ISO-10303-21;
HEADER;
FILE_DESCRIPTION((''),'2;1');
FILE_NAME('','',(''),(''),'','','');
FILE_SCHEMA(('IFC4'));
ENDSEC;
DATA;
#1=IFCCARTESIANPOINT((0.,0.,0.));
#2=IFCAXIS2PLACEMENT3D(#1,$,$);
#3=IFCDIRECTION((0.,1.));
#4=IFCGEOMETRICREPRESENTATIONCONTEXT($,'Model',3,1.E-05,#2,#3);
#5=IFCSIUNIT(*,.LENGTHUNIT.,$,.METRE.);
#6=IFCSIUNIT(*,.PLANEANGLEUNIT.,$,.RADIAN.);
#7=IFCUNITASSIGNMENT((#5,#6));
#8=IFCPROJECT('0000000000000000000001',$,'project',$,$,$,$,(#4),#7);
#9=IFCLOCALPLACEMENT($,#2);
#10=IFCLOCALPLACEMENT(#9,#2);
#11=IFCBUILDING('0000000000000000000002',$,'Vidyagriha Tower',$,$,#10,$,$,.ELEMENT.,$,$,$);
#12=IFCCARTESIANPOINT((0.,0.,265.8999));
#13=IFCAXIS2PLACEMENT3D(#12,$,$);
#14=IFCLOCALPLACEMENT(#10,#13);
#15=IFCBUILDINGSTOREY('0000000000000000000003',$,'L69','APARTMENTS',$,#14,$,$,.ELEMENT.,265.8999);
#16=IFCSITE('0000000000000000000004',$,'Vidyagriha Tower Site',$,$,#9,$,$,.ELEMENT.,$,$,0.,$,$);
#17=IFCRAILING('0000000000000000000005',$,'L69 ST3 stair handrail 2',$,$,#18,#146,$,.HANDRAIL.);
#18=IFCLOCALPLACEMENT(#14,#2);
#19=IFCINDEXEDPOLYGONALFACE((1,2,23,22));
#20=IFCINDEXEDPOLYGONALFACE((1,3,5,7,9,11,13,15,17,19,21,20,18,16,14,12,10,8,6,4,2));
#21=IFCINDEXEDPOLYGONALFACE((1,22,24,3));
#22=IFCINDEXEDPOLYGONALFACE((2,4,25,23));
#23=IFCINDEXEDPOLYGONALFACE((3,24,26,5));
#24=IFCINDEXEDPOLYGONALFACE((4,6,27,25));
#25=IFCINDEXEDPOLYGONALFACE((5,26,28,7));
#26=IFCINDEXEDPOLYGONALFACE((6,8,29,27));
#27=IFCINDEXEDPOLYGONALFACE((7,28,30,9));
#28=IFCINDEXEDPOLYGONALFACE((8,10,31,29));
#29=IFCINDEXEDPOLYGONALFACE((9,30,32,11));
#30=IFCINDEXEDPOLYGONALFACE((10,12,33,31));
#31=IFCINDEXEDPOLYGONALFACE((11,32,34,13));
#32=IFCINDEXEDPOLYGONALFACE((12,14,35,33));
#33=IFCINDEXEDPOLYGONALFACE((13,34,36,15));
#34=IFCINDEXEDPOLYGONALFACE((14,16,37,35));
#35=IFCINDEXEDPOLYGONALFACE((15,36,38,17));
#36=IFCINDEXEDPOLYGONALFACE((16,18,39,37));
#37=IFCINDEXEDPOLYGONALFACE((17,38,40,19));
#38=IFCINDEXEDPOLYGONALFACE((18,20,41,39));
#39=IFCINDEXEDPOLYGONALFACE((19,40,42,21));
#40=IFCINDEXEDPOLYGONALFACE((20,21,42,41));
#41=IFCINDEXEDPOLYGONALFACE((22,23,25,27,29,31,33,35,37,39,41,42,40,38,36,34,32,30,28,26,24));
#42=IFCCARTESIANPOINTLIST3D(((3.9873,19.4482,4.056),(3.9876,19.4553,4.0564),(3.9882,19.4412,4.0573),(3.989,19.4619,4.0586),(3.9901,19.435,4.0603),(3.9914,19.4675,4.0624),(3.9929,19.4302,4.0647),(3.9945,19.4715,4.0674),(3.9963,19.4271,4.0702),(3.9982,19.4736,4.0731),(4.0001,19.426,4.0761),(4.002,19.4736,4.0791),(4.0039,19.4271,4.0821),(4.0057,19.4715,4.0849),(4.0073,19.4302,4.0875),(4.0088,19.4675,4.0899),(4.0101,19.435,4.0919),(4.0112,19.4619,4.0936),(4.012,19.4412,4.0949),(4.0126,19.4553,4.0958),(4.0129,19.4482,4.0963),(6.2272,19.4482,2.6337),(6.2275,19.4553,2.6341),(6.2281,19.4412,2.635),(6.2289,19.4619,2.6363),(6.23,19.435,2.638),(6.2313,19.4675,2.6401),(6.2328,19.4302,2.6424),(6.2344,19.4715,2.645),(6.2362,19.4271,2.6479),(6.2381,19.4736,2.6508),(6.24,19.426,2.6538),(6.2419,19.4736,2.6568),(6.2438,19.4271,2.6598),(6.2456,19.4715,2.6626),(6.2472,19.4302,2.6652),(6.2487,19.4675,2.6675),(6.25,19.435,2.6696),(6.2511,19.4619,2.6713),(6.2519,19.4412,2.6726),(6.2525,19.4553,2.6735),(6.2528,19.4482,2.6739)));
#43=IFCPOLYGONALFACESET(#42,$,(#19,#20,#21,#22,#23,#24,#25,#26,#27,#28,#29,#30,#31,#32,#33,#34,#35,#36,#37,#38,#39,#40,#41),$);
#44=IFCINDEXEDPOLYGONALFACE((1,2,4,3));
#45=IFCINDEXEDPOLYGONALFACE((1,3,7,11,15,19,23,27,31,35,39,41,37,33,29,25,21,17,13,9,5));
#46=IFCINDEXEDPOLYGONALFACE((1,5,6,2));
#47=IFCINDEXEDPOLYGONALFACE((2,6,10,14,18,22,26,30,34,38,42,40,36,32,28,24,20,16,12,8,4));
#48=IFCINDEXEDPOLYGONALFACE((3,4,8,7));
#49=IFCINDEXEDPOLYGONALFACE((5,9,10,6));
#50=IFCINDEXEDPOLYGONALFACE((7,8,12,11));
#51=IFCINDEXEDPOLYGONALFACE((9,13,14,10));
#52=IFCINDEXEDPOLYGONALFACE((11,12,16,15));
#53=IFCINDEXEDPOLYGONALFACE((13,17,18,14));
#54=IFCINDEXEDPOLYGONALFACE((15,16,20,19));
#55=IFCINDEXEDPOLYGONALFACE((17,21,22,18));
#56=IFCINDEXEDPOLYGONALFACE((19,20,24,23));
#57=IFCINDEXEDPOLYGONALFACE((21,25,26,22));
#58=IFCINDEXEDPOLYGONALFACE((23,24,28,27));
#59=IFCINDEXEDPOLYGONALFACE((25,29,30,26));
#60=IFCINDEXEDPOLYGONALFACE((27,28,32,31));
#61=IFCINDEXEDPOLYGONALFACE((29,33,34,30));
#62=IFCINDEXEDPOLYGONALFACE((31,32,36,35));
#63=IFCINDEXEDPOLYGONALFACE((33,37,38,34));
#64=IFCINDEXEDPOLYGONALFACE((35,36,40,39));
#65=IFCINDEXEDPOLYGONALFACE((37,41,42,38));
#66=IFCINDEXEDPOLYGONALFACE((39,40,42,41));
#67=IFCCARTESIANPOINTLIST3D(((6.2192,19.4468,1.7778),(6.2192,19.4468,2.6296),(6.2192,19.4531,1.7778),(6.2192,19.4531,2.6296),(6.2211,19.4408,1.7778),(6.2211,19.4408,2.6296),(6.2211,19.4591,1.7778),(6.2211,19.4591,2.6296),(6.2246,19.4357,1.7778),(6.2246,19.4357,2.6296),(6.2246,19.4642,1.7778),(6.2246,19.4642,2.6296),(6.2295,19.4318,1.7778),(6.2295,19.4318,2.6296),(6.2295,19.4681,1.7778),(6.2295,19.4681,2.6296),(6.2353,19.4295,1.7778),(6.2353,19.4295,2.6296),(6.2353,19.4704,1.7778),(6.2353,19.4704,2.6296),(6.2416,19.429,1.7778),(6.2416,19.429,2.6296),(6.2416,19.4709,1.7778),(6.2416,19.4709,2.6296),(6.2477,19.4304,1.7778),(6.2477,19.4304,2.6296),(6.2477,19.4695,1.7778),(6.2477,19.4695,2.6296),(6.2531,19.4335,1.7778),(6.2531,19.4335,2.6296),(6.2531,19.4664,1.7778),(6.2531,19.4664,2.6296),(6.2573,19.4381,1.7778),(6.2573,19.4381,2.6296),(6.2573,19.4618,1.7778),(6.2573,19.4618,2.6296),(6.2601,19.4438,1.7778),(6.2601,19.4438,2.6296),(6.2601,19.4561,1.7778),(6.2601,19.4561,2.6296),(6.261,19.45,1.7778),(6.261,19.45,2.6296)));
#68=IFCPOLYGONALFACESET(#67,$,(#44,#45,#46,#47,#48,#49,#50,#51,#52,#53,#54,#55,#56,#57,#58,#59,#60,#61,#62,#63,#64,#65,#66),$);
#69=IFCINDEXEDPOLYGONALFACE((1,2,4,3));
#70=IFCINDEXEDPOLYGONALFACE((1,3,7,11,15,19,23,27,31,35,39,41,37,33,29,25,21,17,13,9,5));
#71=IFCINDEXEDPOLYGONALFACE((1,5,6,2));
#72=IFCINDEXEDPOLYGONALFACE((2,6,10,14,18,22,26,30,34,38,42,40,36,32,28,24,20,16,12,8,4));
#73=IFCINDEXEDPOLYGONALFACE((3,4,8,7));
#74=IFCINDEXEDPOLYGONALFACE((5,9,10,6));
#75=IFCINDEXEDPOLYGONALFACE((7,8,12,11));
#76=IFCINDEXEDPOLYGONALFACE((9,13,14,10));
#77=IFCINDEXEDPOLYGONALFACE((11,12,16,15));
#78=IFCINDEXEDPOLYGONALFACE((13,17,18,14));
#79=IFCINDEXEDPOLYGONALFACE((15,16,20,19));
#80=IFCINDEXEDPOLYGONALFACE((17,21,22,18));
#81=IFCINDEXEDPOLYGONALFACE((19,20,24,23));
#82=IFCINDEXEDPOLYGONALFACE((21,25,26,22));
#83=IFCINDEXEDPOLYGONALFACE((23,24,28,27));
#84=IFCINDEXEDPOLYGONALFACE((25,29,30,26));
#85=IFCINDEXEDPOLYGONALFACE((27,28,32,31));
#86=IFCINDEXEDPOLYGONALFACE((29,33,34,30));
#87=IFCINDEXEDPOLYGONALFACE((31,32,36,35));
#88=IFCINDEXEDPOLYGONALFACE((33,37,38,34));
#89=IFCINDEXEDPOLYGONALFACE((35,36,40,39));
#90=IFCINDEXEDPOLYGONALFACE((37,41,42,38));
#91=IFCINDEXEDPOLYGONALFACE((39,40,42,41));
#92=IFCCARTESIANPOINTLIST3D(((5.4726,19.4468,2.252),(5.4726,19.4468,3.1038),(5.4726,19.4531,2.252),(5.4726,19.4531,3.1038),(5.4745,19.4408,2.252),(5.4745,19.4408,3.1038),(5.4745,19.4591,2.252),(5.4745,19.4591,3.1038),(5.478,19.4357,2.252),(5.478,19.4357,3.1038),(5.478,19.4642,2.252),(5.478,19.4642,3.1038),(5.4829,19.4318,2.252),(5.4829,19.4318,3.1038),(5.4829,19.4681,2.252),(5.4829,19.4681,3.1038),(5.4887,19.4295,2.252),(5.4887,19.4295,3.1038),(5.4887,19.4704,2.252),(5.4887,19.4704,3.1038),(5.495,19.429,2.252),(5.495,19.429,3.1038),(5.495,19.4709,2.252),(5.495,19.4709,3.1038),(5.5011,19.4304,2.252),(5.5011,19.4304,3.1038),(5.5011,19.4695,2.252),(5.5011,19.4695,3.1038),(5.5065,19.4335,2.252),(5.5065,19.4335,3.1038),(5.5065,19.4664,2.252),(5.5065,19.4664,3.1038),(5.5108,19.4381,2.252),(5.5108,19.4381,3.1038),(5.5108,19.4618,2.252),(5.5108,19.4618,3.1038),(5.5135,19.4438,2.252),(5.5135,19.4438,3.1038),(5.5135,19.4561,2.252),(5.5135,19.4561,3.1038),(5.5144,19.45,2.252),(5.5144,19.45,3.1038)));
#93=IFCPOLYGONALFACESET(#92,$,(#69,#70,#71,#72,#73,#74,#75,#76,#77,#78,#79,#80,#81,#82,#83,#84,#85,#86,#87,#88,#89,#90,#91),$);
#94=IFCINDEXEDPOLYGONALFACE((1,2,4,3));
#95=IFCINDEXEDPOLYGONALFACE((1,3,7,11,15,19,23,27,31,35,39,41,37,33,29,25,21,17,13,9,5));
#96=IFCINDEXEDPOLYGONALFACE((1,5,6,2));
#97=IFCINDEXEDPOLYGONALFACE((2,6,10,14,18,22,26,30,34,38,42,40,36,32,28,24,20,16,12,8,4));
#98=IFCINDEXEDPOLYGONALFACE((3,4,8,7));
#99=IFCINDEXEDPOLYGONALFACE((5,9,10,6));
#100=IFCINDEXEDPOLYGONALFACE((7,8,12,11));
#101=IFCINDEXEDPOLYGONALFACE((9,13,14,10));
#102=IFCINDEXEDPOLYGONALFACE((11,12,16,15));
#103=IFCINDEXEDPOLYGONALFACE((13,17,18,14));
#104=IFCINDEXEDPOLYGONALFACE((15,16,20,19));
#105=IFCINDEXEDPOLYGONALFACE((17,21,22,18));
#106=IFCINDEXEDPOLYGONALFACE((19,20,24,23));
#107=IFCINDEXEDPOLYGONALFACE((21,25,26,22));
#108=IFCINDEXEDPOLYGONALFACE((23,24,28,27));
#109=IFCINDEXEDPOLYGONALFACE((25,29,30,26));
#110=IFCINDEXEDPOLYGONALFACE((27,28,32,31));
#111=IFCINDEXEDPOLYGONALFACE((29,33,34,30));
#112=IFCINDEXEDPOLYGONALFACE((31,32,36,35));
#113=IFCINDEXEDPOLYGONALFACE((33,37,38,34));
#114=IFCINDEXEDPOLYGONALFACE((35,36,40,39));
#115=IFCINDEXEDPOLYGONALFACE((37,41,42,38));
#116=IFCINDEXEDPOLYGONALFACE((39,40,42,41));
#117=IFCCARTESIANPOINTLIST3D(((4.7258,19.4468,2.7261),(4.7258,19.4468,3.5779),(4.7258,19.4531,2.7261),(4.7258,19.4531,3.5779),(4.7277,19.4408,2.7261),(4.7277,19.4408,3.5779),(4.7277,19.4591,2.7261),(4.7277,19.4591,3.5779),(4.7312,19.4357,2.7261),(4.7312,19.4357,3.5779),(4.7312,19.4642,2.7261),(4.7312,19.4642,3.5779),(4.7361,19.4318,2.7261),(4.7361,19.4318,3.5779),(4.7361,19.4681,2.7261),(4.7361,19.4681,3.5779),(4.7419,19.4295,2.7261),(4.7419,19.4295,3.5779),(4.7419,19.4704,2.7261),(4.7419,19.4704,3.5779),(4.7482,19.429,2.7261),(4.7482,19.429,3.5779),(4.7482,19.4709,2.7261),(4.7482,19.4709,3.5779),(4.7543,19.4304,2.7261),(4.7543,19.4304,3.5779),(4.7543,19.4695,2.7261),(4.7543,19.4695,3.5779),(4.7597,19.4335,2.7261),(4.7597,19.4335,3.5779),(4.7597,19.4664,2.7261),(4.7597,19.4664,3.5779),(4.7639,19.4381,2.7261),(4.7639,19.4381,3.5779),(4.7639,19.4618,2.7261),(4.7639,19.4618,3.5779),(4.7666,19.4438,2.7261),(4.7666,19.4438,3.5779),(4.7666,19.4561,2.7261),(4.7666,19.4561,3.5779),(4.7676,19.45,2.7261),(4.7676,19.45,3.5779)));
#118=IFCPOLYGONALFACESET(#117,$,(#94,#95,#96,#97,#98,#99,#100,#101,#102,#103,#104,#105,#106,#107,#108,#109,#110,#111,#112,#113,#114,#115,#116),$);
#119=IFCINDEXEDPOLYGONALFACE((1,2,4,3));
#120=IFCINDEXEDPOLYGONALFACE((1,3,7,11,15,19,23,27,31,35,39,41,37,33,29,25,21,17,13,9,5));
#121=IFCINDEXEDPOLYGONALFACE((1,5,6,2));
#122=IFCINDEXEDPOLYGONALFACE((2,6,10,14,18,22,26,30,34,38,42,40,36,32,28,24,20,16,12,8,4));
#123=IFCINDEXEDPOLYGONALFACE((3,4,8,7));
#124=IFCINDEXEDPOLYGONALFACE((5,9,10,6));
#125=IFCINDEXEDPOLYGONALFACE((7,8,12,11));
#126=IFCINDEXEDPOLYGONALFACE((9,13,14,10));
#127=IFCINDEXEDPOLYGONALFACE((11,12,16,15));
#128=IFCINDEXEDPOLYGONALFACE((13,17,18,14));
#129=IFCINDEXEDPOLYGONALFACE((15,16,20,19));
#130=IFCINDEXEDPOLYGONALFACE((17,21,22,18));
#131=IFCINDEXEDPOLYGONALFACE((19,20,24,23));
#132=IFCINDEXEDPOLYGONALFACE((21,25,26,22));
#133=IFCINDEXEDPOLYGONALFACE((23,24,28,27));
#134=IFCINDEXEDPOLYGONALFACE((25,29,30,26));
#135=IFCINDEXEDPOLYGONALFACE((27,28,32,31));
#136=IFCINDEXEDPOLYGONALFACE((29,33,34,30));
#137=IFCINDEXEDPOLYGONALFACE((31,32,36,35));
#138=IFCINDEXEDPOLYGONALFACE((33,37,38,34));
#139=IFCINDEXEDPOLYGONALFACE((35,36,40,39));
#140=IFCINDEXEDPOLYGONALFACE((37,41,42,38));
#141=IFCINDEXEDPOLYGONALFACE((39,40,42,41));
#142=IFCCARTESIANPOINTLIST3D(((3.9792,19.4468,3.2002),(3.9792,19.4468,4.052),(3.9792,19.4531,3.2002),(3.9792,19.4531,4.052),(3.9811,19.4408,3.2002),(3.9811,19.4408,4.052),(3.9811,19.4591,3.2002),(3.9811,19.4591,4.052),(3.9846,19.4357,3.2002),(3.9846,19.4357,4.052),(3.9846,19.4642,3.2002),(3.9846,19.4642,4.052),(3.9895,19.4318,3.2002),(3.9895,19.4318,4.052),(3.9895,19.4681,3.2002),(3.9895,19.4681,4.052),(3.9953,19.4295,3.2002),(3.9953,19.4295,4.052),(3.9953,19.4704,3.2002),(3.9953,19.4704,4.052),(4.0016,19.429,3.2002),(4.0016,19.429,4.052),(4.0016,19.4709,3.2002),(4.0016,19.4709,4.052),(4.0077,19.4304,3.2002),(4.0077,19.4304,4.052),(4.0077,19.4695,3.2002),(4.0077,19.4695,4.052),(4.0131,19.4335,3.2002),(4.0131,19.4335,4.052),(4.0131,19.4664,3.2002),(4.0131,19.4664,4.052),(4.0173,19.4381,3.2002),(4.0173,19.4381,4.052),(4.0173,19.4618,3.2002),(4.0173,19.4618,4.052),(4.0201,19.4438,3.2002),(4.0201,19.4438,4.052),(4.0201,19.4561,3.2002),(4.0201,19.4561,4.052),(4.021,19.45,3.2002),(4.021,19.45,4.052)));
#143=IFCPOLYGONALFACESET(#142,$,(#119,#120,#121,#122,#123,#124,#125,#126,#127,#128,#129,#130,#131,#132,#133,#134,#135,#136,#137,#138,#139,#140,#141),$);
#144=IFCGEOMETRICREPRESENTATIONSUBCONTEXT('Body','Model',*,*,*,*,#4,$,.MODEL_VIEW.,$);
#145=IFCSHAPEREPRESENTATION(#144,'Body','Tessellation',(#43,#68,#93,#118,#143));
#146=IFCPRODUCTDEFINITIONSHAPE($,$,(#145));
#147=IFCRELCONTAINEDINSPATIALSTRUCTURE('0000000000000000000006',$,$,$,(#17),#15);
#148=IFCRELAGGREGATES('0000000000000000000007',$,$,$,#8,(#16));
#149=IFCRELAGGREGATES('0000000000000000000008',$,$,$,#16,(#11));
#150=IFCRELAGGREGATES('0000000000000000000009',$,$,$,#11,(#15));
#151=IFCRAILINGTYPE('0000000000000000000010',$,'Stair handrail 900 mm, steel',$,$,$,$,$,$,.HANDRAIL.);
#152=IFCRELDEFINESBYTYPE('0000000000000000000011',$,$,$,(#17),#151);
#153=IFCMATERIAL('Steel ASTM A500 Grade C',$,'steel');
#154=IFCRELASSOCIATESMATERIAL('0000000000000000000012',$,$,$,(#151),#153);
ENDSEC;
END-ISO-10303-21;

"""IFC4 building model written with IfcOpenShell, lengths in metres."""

from ifc_helpers import new_model, si_unit, direction, frame, origin, origin_2d, place, context, subcontext, project, spatial, circle, extrude, material, type_object, element, save


model = new_model("IFC4")

# Units and contexts
model_context = context("Model", 3, precision=1e-05, world=origin(), true_north=direction((0.0, 1.0)))
body_context = subcontext(model_context, "Body", "Model", "MODEL_VIEW")
ifc_project = project(units=[si_unit("LENGTHUNIT", "METRE"), si_unit("PLANEANGLEUNIT", "RADIAN")], contexts=[model_context])

# Site, building, storey
site_placement = place(None, origin())
site = spatial("IfcSite", under=ifc_project, at=site_placement, Name="Vidyagriha Tower Site", CompositionType="ELEMENT", RefElevation=0.0)
building_placement = place(site_placement, origin())
building = spatial("IfcBuilding", under=site, at=building_placement, Name="Vidyagriha Tower", CompositionType="ELEMENT")
storey_placement = place(building_placement, frame((0.0, 0.0, 265.8999)))
storey = spatial("IfcBuildingStorey", under=building, at=storey_placement, Name="L69", Description="APARTMENTS", CompositionType="ELEMENT", Elevation=265.8999)

# Railing
ifc_material_1 = material(Name="Steel ASTM A500 Grade C", Category="steel")
railing_type_1 = type_object("IfcRailingType", Name="Stair handrail 900 mm, steel", PredefinedType="HANDRAIL", material=ifc_material_1)
railing_1_placement = place(storey_placement, frame((6.24, 19.45, 1.7778)))
element("IfcRailing", 1, at=railing_1_placement, inside=storey, type_object=railing_type_1, Name="L69 ST3 stair handrail 2", PredefinedType="HANDRAIL", context=body_context, shape_type="SweptSolid", body=[
    extrude(circle(Radius=0.0239, at=origin_2d()), frame((0.0, 0.0, 0.876), z_axis=(-0.844188, 0.0, 0.536048), x_axis=(0.0, -1.0, 0.0)), (0.0, 0.0, 1.0), 2.6533),
    extrude(circle(Radius=0.021, at=origin_2d()), origin(), (0.0, 0.0, 1.0), 0.8518),
    extrude(circle(Radius=0.021, at=origin_2d()), frame((-0.7466, 0.0, 0.4741)), (0.0, 0.0, 1.0), 0.8518),
    extrude(circle(Radius=0.021, at=origin_2d()), frame((-1.4934, 0.0, 0.9482)), (0.0, 0.0, 1.0), 0.8518),
    extrude(circle(Radius=0.021, at=origin_2d()), frame((-2.24, 0.0, 1.4224)), (0.0, 0.0, 1.0), 0.8518),
])

save(model, "model.ifc")
